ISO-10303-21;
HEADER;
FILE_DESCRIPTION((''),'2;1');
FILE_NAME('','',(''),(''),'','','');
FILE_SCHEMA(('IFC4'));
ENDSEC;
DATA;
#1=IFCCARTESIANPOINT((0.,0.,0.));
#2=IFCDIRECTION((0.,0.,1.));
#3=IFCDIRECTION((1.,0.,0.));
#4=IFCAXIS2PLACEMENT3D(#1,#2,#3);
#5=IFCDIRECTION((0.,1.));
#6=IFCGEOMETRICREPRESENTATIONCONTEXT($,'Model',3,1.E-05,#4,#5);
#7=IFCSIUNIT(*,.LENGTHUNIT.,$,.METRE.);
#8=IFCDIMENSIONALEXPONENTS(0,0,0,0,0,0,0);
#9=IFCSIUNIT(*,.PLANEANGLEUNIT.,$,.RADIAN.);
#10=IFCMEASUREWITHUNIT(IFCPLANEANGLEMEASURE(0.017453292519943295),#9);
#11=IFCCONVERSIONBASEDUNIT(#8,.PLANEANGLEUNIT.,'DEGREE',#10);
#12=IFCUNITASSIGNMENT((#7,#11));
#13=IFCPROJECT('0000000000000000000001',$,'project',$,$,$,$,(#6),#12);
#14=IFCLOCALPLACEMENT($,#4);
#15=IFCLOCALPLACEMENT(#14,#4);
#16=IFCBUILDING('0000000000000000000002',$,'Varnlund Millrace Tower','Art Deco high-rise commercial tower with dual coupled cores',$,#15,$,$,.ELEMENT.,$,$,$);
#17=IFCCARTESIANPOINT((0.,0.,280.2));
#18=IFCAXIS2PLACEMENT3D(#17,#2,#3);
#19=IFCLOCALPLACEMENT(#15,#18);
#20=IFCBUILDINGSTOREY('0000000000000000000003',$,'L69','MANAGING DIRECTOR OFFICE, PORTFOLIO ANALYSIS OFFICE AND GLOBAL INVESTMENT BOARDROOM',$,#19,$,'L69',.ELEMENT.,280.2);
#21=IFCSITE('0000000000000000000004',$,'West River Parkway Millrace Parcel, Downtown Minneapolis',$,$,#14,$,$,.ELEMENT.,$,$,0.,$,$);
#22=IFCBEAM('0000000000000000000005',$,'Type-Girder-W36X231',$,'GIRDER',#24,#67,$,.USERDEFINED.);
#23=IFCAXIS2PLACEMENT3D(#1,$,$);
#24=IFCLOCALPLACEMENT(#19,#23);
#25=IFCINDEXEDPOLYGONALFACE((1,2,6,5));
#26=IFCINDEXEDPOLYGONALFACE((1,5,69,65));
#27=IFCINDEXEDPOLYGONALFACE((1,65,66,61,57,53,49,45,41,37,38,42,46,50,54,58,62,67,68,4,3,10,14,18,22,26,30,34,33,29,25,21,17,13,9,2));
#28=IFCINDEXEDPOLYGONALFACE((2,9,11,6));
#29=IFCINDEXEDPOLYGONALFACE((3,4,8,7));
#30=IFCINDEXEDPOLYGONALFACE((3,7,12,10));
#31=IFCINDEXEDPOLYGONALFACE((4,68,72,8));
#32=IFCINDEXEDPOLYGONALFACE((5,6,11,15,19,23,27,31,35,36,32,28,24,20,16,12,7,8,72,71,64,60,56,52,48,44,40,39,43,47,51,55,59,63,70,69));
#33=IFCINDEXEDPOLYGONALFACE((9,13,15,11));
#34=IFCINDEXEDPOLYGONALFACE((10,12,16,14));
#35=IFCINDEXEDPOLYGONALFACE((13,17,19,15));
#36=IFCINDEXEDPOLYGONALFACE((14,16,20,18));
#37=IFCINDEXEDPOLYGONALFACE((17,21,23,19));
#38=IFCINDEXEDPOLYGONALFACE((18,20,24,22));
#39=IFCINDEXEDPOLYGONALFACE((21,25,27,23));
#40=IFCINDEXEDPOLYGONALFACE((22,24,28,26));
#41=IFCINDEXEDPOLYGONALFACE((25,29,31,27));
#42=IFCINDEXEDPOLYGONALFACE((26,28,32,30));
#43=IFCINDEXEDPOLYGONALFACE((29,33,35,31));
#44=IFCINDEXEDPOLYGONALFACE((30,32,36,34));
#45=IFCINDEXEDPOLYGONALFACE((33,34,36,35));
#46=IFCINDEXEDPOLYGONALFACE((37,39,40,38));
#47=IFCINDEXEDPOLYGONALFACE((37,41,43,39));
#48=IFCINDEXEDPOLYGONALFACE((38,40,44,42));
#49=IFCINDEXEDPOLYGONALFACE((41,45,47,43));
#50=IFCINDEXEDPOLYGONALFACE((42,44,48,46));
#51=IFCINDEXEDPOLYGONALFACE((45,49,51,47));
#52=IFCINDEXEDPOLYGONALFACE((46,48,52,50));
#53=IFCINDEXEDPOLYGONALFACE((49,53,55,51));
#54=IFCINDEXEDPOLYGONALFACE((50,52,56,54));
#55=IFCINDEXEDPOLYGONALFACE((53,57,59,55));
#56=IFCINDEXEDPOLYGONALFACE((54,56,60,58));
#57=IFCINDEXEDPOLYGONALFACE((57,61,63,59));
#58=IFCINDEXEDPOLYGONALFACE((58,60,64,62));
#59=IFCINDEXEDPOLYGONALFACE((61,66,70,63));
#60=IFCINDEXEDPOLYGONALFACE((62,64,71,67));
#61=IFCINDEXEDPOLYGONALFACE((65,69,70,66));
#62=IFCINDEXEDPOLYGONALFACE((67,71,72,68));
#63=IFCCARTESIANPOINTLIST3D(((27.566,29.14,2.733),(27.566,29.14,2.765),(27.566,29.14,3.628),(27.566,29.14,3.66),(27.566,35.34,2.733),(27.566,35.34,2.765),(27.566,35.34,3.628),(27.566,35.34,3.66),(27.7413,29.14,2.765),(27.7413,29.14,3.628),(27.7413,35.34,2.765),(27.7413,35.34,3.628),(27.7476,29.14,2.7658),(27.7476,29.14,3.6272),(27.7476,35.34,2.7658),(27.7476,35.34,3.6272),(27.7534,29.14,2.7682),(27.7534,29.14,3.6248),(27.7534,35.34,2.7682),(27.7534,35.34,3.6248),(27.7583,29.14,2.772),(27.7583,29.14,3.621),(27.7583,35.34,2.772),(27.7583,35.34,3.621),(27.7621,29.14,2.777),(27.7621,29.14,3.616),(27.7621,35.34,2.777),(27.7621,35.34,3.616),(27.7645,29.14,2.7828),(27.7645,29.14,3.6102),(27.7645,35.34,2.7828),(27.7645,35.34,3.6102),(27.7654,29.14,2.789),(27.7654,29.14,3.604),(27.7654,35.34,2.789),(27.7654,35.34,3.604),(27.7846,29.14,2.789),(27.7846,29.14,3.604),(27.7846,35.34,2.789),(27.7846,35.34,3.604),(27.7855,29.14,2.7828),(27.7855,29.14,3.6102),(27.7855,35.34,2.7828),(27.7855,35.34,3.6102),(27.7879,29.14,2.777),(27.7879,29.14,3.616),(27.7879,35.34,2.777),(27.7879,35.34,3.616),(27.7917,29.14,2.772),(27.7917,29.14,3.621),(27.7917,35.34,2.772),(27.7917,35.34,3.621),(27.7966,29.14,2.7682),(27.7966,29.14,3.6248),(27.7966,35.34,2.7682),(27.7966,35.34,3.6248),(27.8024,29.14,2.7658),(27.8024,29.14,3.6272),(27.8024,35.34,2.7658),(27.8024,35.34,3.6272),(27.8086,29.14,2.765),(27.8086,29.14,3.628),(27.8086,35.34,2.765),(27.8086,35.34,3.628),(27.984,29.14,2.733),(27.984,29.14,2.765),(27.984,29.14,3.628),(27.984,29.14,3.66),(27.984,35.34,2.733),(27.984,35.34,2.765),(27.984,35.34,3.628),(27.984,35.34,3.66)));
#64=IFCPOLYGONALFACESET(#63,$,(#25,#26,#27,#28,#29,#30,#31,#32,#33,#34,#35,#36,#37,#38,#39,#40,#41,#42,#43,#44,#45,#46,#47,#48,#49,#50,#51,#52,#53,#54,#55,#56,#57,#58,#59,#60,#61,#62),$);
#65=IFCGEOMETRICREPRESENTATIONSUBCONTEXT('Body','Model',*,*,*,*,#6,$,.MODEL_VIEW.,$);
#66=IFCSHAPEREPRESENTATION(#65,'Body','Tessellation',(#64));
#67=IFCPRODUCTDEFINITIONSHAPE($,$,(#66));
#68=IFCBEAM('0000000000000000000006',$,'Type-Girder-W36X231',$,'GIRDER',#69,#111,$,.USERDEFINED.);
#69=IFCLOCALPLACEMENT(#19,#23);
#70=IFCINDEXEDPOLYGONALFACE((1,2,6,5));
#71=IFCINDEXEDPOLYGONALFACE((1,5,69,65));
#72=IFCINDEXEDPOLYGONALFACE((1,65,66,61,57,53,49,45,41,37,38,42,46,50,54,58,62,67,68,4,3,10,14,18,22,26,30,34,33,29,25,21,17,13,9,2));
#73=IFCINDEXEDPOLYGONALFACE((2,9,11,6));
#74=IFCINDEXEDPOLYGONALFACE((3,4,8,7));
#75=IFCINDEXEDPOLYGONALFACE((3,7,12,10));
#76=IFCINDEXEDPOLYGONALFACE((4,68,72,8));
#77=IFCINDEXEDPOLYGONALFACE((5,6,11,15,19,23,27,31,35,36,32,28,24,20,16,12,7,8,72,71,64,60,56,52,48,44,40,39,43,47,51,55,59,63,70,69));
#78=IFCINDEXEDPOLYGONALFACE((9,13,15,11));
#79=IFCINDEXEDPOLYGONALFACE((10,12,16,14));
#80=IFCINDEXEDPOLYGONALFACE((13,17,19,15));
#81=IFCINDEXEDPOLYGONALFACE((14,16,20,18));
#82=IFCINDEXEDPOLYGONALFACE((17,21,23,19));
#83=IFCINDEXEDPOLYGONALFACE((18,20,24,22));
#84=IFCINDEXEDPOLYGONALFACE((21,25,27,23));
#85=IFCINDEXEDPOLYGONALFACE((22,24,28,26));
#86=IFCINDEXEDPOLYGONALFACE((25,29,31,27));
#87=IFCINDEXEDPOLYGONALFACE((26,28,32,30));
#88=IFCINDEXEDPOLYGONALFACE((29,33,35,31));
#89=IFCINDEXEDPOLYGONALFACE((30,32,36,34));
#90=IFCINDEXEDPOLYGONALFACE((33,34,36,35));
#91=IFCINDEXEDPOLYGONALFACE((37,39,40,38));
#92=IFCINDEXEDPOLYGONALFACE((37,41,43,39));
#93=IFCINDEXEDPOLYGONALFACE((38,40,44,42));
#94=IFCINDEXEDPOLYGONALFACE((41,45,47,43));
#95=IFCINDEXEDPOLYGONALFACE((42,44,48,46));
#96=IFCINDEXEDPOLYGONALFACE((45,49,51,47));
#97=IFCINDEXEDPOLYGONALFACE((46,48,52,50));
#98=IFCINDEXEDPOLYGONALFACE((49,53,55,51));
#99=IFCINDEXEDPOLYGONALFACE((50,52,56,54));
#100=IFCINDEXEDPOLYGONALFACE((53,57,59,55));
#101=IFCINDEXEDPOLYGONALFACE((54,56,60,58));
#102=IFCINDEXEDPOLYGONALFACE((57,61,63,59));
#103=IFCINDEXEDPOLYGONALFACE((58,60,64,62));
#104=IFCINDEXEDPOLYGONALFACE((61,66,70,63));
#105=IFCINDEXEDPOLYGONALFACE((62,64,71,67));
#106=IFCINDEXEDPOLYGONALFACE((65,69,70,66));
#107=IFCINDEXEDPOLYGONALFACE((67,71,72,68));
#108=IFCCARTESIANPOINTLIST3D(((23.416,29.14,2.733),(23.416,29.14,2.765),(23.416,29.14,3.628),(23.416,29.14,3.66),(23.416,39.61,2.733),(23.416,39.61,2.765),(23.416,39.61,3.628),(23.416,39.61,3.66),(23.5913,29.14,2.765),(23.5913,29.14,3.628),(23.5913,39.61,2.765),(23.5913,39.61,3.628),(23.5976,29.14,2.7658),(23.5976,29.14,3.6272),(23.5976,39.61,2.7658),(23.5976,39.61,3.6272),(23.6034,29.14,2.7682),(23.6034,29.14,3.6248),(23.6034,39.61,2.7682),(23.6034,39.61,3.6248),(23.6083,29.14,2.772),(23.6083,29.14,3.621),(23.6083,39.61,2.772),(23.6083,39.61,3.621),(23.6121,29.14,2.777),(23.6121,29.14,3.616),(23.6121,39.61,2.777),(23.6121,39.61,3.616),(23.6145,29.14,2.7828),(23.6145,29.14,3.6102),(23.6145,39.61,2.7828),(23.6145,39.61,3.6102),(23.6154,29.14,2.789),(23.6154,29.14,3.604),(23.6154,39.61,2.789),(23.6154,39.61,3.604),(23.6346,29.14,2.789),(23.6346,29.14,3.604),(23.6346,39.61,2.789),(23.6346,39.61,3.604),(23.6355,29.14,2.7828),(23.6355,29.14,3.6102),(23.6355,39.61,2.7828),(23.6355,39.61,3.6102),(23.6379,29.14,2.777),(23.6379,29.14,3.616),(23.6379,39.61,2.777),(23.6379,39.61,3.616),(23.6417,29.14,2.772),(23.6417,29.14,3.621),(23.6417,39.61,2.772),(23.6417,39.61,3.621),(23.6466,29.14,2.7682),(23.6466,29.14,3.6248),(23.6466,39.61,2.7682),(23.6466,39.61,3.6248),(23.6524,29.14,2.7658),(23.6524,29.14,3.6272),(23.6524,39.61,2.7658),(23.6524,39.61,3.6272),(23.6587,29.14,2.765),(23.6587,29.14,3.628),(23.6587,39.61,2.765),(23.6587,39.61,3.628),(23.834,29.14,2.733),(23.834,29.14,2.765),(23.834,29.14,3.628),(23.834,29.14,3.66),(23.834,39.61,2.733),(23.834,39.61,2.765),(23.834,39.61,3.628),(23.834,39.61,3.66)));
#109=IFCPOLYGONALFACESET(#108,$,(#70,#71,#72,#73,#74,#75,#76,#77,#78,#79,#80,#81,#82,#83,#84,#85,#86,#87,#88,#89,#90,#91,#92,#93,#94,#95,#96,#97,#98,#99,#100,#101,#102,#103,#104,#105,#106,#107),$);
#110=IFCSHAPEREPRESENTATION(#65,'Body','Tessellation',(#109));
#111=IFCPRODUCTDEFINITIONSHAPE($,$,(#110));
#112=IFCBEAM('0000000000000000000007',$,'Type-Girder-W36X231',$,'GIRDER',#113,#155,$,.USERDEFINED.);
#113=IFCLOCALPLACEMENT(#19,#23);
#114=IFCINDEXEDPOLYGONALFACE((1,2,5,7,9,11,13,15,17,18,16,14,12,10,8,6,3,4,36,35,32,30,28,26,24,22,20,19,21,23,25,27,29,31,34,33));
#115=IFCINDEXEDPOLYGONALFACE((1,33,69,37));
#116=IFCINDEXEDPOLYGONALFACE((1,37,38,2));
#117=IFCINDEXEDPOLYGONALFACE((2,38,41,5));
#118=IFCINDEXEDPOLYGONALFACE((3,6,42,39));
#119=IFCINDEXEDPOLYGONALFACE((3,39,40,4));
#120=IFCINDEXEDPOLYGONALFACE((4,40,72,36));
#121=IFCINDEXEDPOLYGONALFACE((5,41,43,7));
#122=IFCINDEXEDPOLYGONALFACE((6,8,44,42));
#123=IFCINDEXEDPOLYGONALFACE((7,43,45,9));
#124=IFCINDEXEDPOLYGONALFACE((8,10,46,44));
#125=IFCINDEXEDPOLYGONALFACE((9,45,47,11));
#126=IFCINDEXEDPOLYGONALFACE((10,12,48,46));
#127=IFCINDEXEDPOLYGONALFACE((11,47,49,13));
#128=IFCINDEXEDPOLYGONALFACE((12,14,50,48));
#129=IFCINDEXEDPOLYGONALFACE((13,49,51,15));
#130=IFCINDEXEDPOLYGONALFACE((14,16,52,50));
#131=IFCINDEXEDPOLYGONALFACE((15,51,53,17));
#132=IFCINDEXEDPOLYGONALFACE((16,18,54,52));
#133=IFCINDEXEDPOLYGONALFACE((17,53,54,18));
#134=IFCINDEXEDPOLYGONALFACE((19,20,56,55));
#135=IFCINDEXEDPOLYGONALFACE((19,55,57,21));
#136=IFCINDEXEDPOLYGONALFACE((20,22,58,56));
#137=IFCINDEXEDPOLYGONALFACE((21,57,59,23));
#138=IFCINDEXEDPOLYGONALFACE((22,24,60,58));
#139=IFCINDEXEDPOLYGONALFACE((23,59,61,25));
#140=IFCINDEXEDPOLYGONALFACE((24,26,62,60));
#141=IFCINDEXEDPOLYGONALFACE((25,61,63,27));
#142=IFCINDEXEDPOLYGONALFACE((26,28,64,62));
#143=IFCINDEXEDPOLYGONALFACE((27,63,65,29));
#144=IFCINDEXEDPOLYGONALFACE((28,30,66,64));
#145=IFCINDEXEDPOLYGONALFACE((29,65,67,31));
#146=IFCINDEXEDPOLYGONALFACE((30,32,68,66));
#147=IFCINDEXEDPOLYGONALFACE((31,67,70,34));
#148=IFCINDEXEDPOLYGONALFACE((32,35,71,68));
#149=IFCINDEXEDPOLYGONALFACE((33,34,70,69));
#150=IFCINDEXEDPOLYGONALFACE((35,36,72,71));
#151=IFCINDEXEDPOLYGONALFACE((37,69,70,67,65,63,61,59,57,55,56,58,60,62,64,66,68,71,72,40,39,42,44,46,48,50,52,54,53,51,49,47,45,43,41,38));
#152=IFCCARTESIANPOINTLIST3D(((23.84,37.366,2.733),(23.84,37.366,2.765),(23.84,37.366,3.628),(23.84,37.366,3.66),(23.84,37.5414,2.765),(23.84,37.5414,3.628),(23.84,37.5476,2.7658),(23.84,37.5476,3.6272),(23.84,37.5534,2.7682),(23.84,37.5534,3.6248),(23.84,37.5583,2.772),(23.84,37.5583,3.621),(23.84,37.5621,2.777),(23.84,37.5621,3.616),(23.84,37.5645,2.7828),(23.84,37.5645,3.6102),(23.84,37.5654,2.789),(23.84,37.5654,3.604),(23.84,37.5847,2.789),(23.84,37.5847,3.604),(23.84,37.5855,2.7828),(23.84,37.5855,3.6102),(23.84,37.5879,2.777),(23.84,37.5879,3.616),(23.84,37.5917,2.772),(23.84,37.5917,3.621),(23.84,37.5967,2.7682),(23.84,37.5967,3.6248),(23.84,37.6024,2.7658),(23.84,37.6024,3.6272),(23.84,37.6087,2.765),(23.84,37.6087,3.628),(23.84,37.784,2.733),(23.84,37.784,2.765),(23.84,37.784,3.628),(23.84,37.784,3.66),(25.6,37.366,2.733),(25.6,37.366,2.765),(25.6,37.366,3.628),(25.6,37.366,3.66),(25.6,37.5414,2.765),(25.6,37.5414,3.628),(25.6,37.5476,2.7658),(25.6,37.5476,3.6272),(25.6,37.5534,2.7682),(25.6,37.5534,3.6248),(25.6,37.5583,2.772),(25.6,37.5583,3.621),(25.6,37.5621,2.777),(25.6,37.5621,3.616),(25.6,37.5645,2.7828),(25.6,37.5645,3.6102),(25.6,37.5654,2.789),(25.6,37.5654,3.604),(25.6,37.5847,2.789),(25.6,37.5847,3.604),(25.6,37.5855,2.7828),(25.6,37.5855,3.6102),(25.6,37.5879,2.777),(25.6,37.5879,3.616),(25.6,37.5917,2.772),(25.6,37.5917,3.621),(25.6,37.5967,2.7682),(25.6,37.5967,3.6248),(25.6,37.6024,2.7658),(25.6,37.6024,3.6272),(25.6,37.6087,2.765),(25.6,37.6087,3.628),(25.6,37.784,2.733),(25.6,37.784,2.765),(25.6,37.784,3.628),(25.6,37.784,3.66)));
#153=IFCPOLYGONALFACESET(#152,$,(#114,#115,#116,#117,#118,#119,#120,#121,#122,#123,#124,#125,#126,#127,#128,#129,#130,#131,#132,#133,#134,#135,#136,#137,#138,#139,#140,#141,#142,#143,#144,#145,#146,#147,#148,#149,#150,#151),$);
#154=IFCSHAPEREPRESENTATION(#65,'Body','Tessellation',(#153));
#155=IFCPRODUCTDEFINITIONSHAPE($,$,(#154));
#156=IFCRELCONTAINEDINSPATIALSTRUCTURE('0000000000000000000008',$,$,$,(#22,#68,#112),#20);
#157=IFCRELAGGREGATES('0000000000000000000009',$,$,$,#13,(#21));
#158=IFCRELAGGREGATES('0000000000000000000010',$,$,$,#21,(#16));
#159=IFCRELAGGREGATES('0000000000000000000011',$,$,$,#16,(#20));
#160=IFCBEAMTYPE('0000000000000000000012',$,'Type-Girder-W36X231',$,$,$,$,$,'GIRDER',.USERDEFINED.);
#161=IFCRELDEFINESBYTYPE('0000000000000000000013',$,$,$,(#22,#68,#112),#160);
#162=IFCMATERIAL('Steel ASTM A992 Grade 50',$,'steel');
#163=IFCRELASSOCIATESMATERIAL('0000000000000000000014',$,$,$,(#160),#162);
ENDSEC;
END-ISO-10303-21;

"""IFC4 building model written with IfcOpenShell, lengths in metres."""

from ifc_helpers import new_model, entity, si_unit, converted_unit, direction, frame, origin_with_axes, origin_2d_with_axis, place, context, subcontext, project, spatial, i_section, extrude, material, material_profile, profile_set, type_object, element, save


model = new_model("IFC4")

# Units and contexts
model_context = context("Model", 3, precision=1e-05, world=origin_with_axes(), true_north=direction((0.0, 1.0)))
body_context = subcontext(model_context, "Body", "Model", "MODEL_VIEW")
ifc_project = project(units=[si_unit("LENGTHUNIT", "METRE"), converted_unit("PLANEANGLEUNIT", "DEGREE", entity("IfcPlaneAngleMeasure", 0.017453292519943295), si_unit("PLANEANGLEUNIT", "RADIAN"), dimensions=[0, 0, 0, 0, 0, 0, 0])], contexts=[model_context])

# Site, building, storey
site_placement = place(None, origin_with_axes())
site = spatial("IfcSite", under=ifc_project, at=site_placement, Name="West River Parkway Millrace Parcel, Downtown Minneapolis", CompositionType="ELEMENT", RefElevation=0.0)
building_placement = place(site_placement, origin_with_axes())
building = spatial("IfcBuilding", under=site, at=building_placement, Name="Varnlund Millrace Tower", Description="Art Deco high-rise commercial tower with dual coupled cores", CompositionType="ELEMENT")
storey_placement = place(building_placement, frame((0.0, 0.0, 280.2), z_axis=(0.0, 0.0, 1.0), x_axis=(1.0, 0.0, 0.0)))
storey = spatial("IfcBuildingStorey", under=building, at=storey_placement, Name="L69", Description="MANAGING DIRECTOR OFFICE, PORTFOLIO ANALYSIS OFFICE AND GLOBAL INVESTMENT BOARDROOM", LongName="L69", CompositionType="ELEMENT", Elevation=280.2)

# Beams
ifc_material_1 = material(Name="Steel ASTM A992 Grade 50", Category="steel")
ifc_material_profile = material_profile(ifc_material_1, i_section(OverallWidth=0.418, OverallDepth=0.927, WebThickness=0.0193, FlangeThickness=0.032, FilletRadius=0.024, at=origin_2d_with_axis()), Name="Steel ASTM A992 Grade 50")
ifc_profile_set = profile_set([ifc_material_profile], Name="Steel ASTM A992 Grade 50")
beam_type = type_object("IfcBeamType", Name="Type-Girder-W36X231", ElementType="GIRDER", PredefinedType="USERDEFINED", material=ifc_profile_set)
beam_1_placement = place(storey_placement, frame((27.775, 29.14, 3.1965), z_axis=(0.0, 1.0, 0.0), x_axis=(-1.0, 0.0, 0.0)))
element("IfcBeam", 1, at=beam_1_placement, inside=storey, type_object=beam_type, Name="Type-Girder-W36X231", ObjectType="GIRDER", PredefinedType="USERDEFINED", context=body_context, shape_type="SweptSolid", body=[
    extrude(i_section(OverallWidth=0.418, OverallDepth=0.927, WebThickness=0.0193, FlangeThickness=0.032, FilletRadius=0.024, at=origin_2d_with_axis()), origin_with_axes(), (0.0, 0.0, 1.0), 6.2),
])
beam_2_placement = place(storey_placement, frame((23.625, 29.14, 3.1965), z_axis=(0.0, 1.0, 0.0), x_axis=(-1.0, 0.0, 0.0)))
element("IfcBeam", 2, at=beam_2_placement, inside=storey, type_object=beam_type, Name="Type-Girder-W36X231", ObjectType="GIRDER", PredefinedType="USERDEFINED", context=body_context, shape_type="SweptSolid", body=[
    extrude(i_section(OverallWidth=0.418, OverallDepth=0.927, WebThickness=0.0193, FlangeThickness=0.032, FilletRadius=0.024, at=origin_2d_with_axis()), origin_with_axes(), (0.0, 0.0, 1.0), 10.47),
])
beam_3_placement = place(storey_placement, frame((23.84, 37.575, 3.1965), z_axis=(1.0, 0.0, 0.0), x_axis=(0.0, 1.0, 0.0)))
element("IfcBeam", 3, at=beam_3_placement, inside=storey, type_object=beam_type, Name="Type-Girder-W36X231", ObjectType="GIRDER", PredefinedType="USERDEFINED", context=body_context, shape_type="SweptSolid", body=[
    extrude(i_section(OverallWidth=0.418, OverallDepth=0.927, WebThickness=0.0193, FlangeThickness=0.032, FilletRadius=0.024, at=origin_2d_with_axis()), origin_with_axes(), (0.0, 0.0, 1.0), 1.76),
])

save(model, "model.ifc")
